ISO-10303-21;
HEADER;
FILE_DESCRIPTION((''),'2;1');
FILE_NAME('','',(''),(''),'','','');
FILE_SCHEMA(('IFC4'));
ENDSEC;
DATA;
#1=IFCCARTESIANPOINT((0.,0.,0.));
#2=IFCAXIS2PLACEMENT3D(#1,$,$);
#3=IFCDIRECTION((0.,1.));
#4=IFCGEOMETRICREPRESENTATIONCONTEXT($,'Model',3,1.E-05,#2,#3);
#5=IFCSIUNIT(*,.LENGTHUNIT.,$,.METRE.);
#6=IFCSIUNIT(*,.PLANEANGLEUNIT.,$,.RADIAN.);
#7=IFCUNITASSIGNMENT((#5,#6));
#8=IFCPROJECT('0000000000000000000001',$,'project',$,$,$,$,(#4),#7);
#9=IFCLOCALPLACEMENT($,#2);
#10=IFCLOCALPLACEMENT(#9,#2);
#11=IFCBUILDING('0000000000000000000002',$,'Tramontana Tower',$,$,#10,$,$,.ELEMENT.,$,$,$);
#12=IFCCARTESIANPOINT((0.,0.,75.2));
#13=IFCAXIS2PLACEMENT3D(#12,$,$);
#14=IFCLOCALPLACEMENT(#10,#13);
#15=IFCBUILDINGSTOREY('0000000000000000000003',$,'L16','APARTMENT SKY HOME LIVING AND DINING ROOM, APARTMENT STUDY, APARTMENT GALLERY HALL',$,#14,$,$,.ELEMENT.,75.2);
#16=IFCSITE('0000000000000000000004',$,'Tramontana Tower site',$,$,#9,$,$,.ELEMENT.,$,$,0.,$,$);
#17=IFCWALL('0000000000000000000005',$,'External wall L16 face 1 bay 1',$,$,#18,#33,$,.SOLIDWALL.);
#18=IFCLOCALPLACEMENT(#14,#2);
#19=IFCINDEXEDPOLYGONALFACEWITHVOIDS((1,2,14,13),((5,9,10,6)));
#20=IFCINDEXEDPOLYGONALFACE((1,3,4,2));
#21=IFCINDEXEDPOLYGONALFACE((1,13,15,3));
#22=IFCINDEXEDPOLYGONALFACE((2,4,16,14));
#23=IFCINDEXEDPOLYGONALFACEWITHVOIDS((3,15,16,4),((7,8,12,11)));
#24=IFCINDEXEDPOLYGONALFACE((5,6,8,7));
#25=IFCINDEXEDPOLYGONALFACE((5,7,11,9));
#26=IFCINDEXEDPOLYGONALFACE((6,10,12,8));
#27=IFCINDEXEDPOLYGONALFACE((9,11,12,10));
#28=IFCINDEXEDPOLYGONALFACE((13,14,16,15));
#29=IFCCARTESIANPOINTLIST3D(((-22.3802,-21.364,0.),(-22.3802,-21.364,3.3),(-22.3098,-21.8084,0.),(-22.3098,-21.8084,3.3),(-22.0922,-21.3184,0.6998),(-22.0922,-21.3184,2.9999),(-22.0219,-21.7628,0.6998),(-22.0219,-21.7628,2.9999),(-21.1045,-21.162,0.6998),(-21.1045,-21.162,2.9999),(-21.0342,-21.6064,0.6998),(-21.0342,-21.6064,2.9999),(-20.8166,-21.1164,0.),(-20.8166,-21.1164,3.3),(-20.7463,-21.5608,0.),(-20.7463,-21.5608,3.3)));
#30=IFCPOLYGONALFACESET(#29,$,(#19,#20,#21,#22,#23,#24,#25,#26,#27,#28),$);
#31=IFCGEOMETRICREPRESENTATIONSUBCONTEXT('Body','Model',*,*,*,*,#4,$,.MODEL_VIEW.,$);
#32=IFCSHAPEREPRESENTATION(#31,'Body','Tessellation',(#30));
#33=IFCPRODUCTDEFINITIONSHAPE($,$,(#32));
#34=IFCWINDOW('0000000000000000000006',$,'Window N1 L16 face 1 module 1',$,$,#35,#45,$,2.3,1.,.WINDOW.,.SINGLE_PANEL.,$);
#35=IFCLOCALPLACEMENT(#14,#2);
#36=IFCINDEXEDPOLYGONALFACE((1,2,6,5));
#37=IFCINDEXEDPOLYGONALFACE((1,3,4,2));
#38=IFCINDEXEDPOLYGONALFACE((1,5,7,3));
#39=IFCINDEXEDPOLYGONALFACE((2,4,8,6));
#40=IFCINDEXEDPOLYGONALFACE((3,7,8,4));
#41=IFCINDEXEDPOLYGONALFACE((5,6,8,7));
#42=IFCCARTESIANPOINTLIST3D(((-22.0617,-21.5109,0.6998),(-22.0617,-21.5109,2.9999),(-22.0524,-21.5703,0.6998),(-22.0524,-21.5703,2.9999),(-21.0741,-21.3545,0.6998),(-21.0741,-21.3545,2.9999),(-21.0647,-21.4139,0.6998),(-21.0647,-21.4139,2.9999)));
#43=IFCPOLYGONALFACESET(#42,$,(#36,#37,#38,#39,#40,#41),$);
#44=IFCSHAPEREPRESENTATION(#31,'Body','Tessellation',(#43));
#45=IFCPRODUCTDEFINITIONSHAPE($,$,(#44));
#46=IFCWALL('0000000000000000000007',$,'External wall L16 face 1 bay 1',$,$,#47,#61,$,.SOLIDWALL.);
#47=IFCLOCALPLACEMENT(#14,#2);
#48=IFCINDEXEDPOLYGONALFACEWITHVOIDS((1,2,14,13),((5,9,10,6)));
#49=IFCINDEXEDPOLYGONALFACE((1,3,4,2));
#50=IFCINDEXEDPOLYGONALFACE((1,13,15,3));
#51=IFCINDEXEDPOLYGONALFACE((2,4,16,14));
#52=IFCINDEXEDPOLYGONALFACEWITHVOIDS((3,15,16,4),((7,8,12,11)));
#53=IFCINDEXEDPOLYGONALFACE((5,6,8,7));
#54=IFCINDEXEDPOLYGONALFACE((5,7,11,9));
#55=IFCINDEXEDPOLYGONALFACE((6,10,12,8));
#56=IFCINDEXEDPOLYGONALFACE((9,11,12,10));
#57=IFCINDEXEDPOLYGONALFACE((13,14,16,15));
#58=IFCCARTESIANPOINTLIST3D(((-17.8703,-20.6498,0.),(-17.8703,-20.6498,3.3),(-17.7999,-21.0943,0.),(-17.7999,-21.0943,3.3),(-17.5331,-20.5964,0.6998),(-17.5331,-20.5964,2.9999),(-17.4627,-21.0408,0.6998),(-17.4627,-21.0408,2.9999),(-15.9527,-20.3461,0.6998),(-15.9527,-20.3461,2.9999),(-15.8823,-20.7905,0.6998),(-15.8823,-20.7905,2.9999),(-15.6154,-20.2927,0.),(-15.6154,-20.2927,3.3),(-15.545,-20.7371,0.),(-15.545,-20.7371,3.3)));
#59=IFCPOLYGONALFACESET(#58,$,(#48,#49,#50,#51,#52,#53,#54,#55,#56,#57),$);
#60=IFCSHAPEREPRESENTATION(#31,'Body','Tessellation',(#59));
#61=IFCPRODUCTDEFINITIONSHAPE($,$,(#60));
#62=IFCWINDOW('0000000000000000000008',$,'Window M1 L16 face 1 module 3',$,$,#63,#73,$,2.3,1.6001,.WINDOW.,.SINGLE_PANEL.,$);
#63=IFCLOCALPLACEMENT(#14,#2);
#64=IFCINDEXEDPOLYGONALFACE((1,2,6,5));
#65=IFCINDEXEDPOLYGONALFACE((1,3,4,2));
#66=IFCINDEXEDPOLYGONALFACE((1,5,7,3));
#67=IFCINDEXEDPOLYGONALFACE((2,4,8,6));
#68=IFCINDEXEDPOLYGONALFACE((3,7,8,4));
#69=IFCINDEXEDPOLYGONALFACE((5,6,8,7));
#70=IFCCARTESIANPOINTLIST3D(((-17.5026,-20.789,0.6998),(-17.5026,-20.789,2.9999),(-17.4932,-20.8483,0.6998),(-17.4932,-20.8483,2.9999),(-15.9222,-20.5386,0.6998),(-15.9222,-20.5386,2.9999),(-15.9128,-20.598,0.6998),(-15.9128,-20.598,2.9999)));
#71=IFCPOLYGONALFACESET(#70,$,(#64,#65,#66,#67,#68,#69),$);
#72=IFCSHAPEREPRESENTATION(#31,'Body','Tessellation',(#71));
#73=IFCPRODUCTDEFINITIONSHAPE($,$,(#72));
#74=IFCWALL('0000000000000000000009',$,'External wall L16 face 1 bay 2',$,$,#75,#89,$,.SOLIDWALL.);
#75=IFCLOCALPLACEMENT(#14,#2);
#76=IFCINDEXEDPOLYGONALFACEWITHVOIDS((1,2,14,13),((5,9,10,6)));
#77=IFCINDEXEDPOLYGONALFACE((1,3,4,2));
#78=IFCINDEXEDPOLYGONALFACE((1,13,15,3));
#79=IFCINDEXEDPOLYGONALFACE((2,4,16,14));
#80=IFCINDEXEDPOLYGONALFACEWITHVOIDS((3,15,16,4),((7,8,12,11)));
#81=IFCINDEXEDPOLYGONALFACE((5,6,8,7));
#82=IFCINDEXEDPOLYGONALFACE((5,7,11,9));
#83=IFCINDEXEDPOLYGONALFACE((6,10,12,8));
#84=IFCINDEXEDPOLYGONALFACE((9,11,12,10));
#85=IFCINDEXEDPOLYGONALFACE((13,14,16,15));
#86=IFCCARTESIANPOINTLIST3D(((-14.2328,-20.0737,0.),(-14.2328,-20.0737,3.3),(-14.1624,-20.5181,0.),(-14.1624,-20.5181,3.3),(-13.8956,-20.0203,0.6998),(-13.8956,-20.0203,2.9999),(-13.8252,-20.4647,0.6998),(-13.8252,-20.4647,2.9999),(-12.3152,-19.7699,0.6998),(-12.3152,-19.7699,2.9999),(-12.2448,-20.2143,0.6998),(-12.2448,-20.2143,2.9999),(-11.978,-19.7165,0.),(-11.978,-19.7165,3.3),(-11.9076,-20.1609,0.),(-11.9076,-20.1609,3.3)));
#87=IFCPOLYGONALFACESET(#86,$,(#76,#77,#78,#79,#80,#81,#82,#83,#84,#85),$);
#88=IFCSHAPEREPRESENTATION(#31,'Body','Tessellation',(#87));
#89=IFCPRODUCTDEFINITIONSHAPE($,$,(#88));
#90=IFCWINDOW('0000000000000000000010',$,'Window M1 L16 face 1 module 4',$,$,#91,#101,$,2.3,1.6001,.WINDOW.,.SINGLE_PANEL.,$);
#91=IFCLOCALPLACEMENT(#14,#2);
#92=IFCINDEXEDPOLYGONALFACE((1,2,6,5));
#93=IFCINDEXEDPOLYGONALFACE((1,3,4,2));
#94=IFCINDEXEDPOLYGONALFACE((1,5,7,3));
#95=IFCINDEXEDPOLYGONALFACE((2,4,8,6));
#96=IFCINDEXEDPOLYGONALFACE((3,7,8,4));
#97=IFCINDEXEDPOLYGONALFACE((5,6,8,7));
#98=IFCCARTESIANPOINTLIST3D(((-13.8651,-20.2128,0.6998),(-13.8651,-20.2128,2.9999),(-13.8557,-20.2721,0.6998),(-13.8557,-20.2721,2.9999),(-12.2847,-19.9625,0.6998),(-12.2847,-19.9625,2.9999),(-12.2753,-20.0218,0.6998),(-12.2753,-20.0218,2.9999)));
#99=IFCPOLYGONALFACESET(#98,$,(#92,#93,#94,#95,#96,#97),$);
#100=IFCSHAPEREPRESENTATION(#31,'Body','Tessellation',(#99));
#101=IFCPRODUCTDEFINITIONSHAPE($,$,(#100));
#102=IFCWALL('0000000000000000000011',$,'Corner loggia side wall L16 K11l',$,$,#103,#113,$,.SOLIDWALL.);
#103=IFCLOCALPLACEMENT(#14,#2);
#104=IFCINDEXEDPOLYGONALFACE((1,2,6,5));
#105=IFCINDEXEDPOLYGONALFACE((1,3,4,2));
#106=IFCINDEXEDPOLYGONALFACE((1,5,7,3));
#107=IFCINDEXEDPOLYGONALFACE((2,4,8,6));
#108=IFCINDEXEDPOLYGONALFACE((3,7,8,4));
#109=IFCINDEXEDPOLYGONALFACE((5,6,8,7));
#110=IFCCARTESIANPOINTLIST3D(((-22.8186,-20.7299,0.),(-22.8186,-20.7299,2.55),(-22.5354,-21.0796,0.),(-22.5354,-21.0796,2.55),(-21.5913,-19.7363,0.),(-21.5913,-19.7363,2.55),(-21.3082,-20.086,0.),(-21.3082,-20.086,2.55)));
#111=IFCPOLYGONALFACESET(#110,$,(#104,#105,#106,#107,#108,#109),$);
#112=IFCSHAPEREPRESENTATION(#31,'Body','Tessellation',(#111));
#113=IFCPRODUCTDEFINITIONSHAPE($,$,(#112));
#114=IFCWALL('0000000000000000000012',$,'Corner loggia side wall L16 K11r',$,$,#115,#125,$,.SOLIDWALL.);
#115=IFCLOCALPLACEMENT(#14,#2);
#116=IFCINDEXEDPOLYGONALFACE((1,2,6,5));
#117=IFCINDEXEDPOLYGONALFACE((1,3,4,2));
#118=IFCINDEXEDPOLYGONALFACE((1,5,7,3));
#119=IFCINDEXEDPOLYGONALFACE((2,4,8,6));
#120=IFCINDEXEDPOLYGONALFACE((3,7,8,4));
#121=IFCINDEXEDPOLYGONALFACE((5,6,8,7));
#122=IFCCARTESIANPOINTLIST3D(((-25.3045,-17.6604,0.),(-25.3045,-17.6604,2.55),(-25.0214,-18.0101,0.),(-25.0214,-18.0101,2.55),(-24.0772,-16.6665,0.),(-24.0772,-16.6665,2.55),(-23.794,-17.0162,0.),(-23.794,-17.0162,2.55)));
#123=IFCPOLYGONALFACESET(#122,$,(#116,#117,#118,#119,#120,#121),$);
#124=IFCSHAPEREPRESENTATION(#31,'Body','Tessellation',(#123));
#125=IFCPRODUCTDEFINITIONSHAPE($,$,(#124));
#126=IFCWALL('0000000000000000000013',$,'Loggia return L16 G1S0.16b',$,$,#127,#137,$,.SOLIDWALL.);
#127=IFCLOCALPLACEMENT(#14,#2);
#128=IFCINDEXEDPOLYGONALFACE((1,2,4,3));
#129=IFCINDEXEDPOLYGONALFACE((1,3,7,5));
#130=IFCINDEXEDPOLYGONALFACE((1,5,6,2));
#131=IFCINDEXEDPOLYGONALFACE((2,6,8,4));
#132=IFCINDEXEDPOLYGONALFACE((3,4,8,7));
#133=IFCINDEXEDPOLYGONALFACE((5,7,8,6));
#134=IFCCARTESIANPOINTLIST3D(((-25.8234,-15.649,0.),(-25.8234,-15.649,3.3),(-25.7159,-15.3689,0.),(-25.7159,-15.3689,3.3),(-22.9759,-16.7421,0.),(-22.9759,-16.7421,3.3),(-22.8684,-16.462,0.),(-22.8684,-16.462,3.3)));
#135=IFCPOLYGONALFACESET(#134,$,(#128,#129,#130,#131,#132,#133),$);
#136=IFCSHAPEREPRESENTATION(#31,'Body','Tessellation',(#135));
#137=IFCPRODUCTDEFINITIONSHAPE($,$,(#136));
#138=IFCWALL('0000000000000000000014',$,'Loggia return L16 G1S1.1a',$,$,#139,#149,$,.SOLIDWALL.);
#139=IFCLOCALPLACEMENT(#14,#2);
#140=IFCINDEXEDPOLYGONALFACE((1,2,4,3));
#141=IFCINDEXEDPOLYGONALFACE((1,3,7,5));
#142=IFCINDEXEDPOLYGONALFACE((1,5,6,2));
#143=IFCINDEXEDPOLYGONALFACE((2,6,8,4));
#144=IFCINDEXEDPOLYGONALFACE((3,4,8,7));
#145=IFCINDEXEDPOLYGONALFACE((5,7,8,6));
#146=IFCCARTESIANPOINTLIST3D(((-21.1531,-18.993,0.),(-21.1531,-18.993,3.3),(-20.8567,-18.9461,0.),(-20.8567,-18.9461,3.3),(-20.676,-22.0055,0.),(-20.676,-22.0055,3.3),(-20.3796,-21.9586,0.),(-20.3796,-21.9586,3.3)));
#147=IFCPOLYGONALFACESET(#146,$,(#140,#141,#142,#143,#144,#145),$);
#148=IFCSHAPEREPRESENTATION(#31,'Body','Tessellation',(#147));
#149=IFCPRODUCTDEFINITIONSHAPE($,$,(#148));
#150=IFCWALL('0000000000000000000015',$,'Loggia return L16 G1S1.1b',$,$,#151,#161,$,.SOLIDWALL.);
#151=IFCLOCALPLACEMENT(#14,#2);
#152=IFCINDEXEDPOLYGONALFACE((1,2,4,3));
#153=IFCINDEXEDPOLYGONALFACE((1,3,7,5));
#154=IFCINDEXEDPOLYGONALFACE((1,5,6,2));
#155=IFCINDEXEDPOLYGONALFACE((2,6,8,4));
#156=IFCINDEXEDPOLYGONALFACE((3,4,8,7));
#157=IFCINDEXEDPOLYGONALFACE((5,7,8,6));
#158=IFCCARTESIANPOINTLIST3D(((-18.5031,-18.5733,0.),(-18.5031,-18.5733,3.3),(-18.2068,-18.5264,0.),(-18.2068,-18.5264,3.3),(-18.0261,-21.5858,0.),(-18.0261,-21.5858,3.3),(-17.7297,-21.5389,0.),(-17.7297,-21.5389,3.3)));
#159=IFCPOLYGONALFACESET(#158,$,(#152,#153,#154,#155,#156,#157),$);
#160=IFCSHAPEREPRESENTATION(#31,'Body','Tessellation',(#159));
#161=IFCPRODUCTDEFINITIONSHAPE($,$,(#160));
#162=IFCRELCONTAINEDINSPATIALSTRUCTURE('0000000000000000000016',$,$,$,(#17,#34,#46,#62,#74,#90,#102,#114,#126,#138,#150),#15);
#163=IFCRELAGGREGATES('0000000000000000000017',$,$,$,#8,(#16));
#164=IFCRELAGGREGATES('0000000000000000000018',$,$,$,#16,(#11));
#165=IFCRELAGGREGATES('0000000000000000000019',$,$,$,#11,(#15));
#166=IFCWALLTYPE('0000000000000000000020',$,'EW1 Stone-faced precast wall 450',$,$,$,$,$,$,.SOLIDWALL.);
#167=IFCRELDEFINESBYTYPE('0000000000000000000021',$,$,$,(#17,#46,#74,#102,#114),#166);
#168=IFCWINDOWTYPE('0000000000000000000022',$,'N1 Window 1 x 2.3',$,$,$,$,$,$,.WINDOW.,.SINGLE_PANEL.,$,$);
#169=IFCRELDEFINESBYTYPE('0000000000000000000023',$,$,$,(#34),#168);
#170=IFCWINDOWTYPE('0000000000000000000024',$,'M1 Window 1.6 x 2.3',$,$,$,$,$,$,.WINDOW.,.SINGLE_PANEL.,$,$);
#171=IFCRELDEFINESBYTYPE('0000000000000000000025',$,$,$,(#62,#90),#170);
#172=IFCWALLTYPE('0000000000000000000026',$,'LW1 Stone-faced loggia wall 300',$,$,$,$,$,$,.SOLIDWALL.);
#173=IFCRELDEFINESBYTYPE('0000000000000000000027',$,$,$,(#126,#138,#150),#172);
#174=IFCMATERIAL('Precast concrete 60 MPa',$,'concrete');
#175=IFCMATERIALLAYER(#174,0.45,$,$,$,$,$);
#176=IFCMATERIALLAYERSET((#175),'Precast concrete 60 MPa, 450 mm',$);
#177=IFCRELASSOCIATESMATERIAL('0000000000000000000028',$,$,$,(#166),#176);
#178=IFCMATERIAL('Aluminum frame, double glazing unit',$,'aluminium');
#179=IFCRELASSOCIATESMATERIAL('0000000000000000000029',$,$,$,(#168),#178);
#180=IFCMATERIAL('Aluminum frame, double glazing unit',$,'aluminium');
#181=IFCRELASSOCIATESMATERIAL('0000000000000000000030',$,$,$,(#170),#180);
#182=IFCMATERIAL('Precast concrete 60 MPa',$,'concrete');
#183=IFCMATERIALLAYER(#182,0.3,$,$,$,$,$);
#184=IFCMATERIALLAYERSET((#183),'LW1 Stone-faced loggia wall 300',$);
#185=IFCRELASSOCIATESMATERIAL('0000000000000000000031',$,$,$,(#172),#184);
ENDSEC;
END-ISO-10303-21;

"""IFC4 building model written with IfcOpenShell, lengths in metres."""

from ifc_helpers import new_model, si_unit, direction, frame, frame_2d, origin, place, context, subcontext, project, spatial, rectangle, extrude, material, layer, layer_set, type_object, element, fill, save


model = new_model("IFC4")

# Units and contexts
model_context = context("Model", 3, precision=1e-05, world=origin(), true_north=direction((0.0, 1.0)))
body_context = subcontext(model_context, "Body", "Model", "MODEL_VIEW")
ifc_project = project(units=[si_unit("LENGTHUNIT", "METRE"), si_unit("PLANEANGLEUNIT", "RADIAN")], contexts=[model_context])

# Site, building, storey
site_placement = place(None, origin())
site = spatial("IfcSite", under=ifc_project, at=site_placement, Name="Tramontana Tower site", CompositionType="ELEMENT", RefElevation=0.0)
building_placement = place(site_placement, origin())
building = spatial("IfcBuilding", under=site, at=building_placement, Name="Tramontana Tower", CompositionType="ELEMENT")
storey_placement = place(building_placement, frame((0.0, 0.0, 75.2)))
storey = spatial("IfcBuildingStorey", under=building, at=storey_placement, Name="L16", Description="APARTMENT SKY HOME LIVING AND DINING ROOM, APARTMENT STUDY, APARTMENT GALLERY HALL", CompositionType="ELEMENT", Elevation=75.2)

# Walls, openings, windows
ifc_material_1 = material(Name="Precast concrete 60 MPa", Category="concrete")
ifc_layer_1 = layer(ifc_material_1, 0.45)
ifc_layer_set_1 = layer_set([ifc_layer_1], Name="Precast concrete 60 MPa, 450 mm")
wall_type_1 = type_object("IfcWallType", Name="EW1 Stone-faced precast wall 450", PredefinedType="SOLIDWALL", material=ifc_layer_set_1)
ifc_material_2 = material(Name="Aluminum frame, double glazing unit", Category="aluminium")
window_type_1 = type_object("IfcWindowType", Name="N1 Window 1 x 2.3", PartitioningType="SINGLE_PANEL", PredefinedType="WINDOW", material=ifc_material_2)
wall_1_placement = place(storey_placement, frame((-22.345, -21.5862, 0.0), z_axis=(0.0, 0.0, 1.0), x_axis=(0.987695, 0.15639, 0.0)))
wall_1 = element("IfcWall", 1, at=wall_1_placement, inside=storey, type_object=wall_type_1, Name="External wall L16 face 1 bay 1", PredefinedType="SOLIDWALL", context=body_context, shape_type="SweptSolid", body=[
    extrude(rectangle(XDim=1.583, YDim=0.45, at=frame_2d((0.7915, 0.0))), origin(), (0.0, 0.0, 1.0), 3.3),
])
opening_1_placement = place(wall_1_placement, frame((0.2915, 0.0, 0.7)))
opening_1 = element("IfcOpeningElement", 2, at=opening_1_placement, cuts=wall_1, PredefinedType="OPENING", context=body_context, shape_type="SweptSolid", body=[
    extrude(rectangle(XDim=1.0, YDim=2.3, at=frame_2d((0.5, 1.1499))), frame((0.0, 0.2349, 0.0), z_axis=(0.0, -1.0, 0.0), x_axis=(1.0, 0.0, 0.0)), (0.0, 0.0, 1.0), 0.47),
])
window_1_placement = place(opening_1_placement, origin())
window_1 = element("IfcWindow", 3, at=window_1_placement, inside=storey, type_object=window_type_1, Name="Window N1 L16 face 1 module 1", OverallHeight=2.3, OverallWidth=1.0, PartitioningType="SINGLE_PANEL", PredefinedType="WINDOW", context=body_context, shape_type="SweptSolid", body=[
    extrude(rectangle(XDim=1.0, YDim=2.3, at=frame_2d((0.5, 1.1499))), frame((0.0, 0.03, 0.0), z_axis=(0.0, -1.0, 0.0), x_axis=(1.0, 0.0, 0.0)), (0.0, 0.0, 1.0), 0.0601),
])
fill(opening_1, window_1)
wall_2_placement = place(storey_placement, frame((-17.8352, -20.8721, 0.0), z_axis=(0.0, 0.0, 1.0), x_axis=(0.987686, 0.156451, 0.0)))
wall_2 = element("IfcWall", 4, at=wall_2_placement, inside=storey, type_object=wall_type_1, Name="External wall L16 face 1 bay 1", PredefinedType="SOLIDWALL", context=body_context, shape_type="SweptSolid", body=[
    extrude(rectangle(XDim=2.283, YDim=0.45, at=frame_2d((1.1416, 0.0))), origin(), (0.0, 0.0, 1.0), 3.3),
])
opening_2_placement = place(wall_2_placement, frame((0.3416, 0.0, 0.7)))
opening_2 = element("IfcOpeningElement", 5, at=opening_2_placement, cuts=wall_2, PredefinedType="OPENING", context=body_context, shape_type="SweptSolid", body=[
    extrude(rectangle(XDim=1.6001, YDim=2.3, at=frame_2d((0.8, 1.1499))), frame((0.0, 0.2349, 0.0), z_axis=(0.0, -1.0, 0.0), x_axis=(1.0, 0.0, 0.0)), (0.0, 0.0, 1.0), 0.47),
])
ifc_material_3 = material(Name="Aluminum frame, double glazing unit", Category="aluminium")
window_type_2 = type_object("IfcWindowType", Name="M1 Window 1.6 x 2.3", PartitioningType="SINGLE_PANEL", PredefinedType="WINDOW", material=ifc_material_3)
window_2_placement = place(opening_2_placement, origin())
window_2 = element("IfcWindow", 6, at=window_2_placement, inside=storey, type_object=window_type_2, Name="Window M1 L16 face 1 module 3", OverallHeight=2.3, OverallWidth=1.6001, PartitioningType="SINGLE_PANEL", PredefinedType="WINDOW", context=body_context, shape_type="SweptSolid", body=[
    extrude(rectangle(XDim=1.6001, YDim=2.3, at=frame_2d((0.8, 1.1499))), frame((0.0, 0.03, 0.0), z_axis=(0.0, -1.0, 0.0), x_axis=(1.0, 0.0, 0.0)), (0.0, 0.0, 1.0), 0.0601),
])
fill(opening_2, window_2)
wall_3_placement = place(storey_placement, frame((-14.1978, -20.2959, 0.0), z_axis=(0.0, 0.0, 1.0), x_axis=(0.987686, 0.156451, 0.0)))
wall_3 = element("IfcWall", 7, at=wall_3_placement, inside=storey, type_object=wall_type_1, Name="External wall L16 face 1 bay 2", PredefinedType="SOLIDWALL", context=body_context, shape_type="SweptSolid", body=[
    extrude(rectangle(XDim=2.283, YDim=0.45, at=frame_2d((1.1416, 0.0))), origin(), (0.0, 0.0, 1.0), 3.3),
])
opening_3_placement = place(wall_3_placement, frame((0.3416, 0.0, 0.7)))
opening_3 = element("IfcOpeningElement", 8, at=opening_3_placement, cuts=wall_3, PredefinedType="OPENING", context=body_context, shape_type="SweptSolid", body=[
    extrude(rectangle(XDim=1.6001, YDim=2.3, at=frame_2d((0.8, 1.1499))), frame((0.0, 0.2349, 0.0), z_axis=(0.0, -1.0, 0.0), x_axis=(1.0, 0.0, 0.0)), (0.0, 0.0, 1.0), 0.47),
])
window_3_placement = place(opening_3_placement, origin())
window_3 = element("IfcWindow", 9, at=window_3_placement, inside=storey, type_object=window_type_2, Name="Window M1 L16 face 1 module 4", OverallHeight=2.3, OverallWidth=1.6001, PartitioningType="SINGLE_PANEL", PredefinedType="WINDOW", context=body_context, shape_type="SweptSolid", body=[
    extrude(rectangle(XDim=1.6001, YDim=2.3, at=frame_2d((0.8, 1.1499))), frame((0.0, 0.03, 0.0), z_axis=(0.0, -1.0, 0.0), x_axis=(1.0, 0.0, 0.0)), (0.0, 0.0, 1.0), 0.0601),
])
fill(opening_3, window_3)

# Walls
wall_4_placement = place(storey_placement, frame((-22.677, -20.9048, 0.0), z_axis=(0.0, 0.0, 1.0), x_axis=(0.777205, 0.629247, 0.0)))
element("IfcWall", 10, at=wall_4_placement, inside=storey, type_object=wall_type_1, Name="Corner loggia side wall L16 K11l", PredefinedType="SOLIDWALL", context=body_context, shape_type="SweptSolid", body=[
    extrude(rectangle(XDim=1.5791, YDim=0.45, at=frame_2d((0.7896, 0.0))), origin(), (0.0, 0.0, 1.0), 2.55),
])
wall_5_placement = place(storey_placement, frame((-25.1628, -17.8352, 0.0), z_axis=(0.0, 0.0, 1.0), x_axis=(0.77713, 0.629341, 0.0)))
element("IfcWall", 11, at=wall_5_placement, inside=storey, type_object=wall_type_1, Name="Corner loggia side wall L16 K11r", PredefinedType="SOLIDWALL", context=body_context, shape_type="SweptSolid", body=[
    extrude(rectangle(XDim=1.5793, YDim=0.45, at=frame_2d((0.7896, 0.0))), origin(), (0.0, 0.0, 1.0), 2.55),
])

# Wall
ifc_material_4 = material(Name="Precast concrete 60 MPa", Category="concrete")
ifc_layer_2 = layer(ifc_material_4, 0.3)
ifc_layer_set_2 = layer_set([ifc_layer_2], Name="LW1 Stone-faced loggia wall 300")
wall_type_2 = type_object("IfcWallType", Name="LW1 Stone-faced loggia wall 300", PredefinedType="SOLIDWALL", material=ifc_layer_set_2)
wall_6_placement = place(storey_placement, frame((-25.7695, -15.509, 0.0), z_axis=(0.0, 0.0, 1.0), x_axis=(0.933581, -0.358368, 0.0)))
element("IfcWall", 12, at=wall_6_placement, inside=storey, type_object=wall_type_2, Name="Loggia return L16 G1S0.16b", PredefinedType="SOLIDWALL", context=body_context, shape_type="SweptSolid", body=[
    extrude(rectangle(XDim=3.05, YDim=0.3, at=frame_2d((1.5249, 0.0))), origin(), (0.0, 0.0, 1.0), 3.3),
])

# Walls
for number, where, z_axis, x_axis, name in (
    (13, (-20.5278, -21.9819, 0.0), (0.0, 0.0, 1.0), (-0.156411, 0.987692, 0.0), "Loggia return L16 G1S1.1a"),
    (14, (-17.8779, -21.5623, 0.0), (0.0, 0.0, 1.0), (-0.156411, 0.987692, 0.0), "Loggia return L16 G1S1.1b"),
):
    element("IfcWall", number, at=place(storey_placement, frame(where, z_axis=z_axis, x_axis=x_axis)), inside=storey, type_object=wall_type_2, Name=name, PredefinedType="SOLIDWALL", context=body_context, shape_type="SweptSolid", body=[
        extrude(rectangle(XDim=3.05, YDim=0.3, at=frame_2d((1.5249, 0.0))), origin(), (0.0, 0.0, 1.0), 3.3),
    ])

save(model, "model.ifc")
